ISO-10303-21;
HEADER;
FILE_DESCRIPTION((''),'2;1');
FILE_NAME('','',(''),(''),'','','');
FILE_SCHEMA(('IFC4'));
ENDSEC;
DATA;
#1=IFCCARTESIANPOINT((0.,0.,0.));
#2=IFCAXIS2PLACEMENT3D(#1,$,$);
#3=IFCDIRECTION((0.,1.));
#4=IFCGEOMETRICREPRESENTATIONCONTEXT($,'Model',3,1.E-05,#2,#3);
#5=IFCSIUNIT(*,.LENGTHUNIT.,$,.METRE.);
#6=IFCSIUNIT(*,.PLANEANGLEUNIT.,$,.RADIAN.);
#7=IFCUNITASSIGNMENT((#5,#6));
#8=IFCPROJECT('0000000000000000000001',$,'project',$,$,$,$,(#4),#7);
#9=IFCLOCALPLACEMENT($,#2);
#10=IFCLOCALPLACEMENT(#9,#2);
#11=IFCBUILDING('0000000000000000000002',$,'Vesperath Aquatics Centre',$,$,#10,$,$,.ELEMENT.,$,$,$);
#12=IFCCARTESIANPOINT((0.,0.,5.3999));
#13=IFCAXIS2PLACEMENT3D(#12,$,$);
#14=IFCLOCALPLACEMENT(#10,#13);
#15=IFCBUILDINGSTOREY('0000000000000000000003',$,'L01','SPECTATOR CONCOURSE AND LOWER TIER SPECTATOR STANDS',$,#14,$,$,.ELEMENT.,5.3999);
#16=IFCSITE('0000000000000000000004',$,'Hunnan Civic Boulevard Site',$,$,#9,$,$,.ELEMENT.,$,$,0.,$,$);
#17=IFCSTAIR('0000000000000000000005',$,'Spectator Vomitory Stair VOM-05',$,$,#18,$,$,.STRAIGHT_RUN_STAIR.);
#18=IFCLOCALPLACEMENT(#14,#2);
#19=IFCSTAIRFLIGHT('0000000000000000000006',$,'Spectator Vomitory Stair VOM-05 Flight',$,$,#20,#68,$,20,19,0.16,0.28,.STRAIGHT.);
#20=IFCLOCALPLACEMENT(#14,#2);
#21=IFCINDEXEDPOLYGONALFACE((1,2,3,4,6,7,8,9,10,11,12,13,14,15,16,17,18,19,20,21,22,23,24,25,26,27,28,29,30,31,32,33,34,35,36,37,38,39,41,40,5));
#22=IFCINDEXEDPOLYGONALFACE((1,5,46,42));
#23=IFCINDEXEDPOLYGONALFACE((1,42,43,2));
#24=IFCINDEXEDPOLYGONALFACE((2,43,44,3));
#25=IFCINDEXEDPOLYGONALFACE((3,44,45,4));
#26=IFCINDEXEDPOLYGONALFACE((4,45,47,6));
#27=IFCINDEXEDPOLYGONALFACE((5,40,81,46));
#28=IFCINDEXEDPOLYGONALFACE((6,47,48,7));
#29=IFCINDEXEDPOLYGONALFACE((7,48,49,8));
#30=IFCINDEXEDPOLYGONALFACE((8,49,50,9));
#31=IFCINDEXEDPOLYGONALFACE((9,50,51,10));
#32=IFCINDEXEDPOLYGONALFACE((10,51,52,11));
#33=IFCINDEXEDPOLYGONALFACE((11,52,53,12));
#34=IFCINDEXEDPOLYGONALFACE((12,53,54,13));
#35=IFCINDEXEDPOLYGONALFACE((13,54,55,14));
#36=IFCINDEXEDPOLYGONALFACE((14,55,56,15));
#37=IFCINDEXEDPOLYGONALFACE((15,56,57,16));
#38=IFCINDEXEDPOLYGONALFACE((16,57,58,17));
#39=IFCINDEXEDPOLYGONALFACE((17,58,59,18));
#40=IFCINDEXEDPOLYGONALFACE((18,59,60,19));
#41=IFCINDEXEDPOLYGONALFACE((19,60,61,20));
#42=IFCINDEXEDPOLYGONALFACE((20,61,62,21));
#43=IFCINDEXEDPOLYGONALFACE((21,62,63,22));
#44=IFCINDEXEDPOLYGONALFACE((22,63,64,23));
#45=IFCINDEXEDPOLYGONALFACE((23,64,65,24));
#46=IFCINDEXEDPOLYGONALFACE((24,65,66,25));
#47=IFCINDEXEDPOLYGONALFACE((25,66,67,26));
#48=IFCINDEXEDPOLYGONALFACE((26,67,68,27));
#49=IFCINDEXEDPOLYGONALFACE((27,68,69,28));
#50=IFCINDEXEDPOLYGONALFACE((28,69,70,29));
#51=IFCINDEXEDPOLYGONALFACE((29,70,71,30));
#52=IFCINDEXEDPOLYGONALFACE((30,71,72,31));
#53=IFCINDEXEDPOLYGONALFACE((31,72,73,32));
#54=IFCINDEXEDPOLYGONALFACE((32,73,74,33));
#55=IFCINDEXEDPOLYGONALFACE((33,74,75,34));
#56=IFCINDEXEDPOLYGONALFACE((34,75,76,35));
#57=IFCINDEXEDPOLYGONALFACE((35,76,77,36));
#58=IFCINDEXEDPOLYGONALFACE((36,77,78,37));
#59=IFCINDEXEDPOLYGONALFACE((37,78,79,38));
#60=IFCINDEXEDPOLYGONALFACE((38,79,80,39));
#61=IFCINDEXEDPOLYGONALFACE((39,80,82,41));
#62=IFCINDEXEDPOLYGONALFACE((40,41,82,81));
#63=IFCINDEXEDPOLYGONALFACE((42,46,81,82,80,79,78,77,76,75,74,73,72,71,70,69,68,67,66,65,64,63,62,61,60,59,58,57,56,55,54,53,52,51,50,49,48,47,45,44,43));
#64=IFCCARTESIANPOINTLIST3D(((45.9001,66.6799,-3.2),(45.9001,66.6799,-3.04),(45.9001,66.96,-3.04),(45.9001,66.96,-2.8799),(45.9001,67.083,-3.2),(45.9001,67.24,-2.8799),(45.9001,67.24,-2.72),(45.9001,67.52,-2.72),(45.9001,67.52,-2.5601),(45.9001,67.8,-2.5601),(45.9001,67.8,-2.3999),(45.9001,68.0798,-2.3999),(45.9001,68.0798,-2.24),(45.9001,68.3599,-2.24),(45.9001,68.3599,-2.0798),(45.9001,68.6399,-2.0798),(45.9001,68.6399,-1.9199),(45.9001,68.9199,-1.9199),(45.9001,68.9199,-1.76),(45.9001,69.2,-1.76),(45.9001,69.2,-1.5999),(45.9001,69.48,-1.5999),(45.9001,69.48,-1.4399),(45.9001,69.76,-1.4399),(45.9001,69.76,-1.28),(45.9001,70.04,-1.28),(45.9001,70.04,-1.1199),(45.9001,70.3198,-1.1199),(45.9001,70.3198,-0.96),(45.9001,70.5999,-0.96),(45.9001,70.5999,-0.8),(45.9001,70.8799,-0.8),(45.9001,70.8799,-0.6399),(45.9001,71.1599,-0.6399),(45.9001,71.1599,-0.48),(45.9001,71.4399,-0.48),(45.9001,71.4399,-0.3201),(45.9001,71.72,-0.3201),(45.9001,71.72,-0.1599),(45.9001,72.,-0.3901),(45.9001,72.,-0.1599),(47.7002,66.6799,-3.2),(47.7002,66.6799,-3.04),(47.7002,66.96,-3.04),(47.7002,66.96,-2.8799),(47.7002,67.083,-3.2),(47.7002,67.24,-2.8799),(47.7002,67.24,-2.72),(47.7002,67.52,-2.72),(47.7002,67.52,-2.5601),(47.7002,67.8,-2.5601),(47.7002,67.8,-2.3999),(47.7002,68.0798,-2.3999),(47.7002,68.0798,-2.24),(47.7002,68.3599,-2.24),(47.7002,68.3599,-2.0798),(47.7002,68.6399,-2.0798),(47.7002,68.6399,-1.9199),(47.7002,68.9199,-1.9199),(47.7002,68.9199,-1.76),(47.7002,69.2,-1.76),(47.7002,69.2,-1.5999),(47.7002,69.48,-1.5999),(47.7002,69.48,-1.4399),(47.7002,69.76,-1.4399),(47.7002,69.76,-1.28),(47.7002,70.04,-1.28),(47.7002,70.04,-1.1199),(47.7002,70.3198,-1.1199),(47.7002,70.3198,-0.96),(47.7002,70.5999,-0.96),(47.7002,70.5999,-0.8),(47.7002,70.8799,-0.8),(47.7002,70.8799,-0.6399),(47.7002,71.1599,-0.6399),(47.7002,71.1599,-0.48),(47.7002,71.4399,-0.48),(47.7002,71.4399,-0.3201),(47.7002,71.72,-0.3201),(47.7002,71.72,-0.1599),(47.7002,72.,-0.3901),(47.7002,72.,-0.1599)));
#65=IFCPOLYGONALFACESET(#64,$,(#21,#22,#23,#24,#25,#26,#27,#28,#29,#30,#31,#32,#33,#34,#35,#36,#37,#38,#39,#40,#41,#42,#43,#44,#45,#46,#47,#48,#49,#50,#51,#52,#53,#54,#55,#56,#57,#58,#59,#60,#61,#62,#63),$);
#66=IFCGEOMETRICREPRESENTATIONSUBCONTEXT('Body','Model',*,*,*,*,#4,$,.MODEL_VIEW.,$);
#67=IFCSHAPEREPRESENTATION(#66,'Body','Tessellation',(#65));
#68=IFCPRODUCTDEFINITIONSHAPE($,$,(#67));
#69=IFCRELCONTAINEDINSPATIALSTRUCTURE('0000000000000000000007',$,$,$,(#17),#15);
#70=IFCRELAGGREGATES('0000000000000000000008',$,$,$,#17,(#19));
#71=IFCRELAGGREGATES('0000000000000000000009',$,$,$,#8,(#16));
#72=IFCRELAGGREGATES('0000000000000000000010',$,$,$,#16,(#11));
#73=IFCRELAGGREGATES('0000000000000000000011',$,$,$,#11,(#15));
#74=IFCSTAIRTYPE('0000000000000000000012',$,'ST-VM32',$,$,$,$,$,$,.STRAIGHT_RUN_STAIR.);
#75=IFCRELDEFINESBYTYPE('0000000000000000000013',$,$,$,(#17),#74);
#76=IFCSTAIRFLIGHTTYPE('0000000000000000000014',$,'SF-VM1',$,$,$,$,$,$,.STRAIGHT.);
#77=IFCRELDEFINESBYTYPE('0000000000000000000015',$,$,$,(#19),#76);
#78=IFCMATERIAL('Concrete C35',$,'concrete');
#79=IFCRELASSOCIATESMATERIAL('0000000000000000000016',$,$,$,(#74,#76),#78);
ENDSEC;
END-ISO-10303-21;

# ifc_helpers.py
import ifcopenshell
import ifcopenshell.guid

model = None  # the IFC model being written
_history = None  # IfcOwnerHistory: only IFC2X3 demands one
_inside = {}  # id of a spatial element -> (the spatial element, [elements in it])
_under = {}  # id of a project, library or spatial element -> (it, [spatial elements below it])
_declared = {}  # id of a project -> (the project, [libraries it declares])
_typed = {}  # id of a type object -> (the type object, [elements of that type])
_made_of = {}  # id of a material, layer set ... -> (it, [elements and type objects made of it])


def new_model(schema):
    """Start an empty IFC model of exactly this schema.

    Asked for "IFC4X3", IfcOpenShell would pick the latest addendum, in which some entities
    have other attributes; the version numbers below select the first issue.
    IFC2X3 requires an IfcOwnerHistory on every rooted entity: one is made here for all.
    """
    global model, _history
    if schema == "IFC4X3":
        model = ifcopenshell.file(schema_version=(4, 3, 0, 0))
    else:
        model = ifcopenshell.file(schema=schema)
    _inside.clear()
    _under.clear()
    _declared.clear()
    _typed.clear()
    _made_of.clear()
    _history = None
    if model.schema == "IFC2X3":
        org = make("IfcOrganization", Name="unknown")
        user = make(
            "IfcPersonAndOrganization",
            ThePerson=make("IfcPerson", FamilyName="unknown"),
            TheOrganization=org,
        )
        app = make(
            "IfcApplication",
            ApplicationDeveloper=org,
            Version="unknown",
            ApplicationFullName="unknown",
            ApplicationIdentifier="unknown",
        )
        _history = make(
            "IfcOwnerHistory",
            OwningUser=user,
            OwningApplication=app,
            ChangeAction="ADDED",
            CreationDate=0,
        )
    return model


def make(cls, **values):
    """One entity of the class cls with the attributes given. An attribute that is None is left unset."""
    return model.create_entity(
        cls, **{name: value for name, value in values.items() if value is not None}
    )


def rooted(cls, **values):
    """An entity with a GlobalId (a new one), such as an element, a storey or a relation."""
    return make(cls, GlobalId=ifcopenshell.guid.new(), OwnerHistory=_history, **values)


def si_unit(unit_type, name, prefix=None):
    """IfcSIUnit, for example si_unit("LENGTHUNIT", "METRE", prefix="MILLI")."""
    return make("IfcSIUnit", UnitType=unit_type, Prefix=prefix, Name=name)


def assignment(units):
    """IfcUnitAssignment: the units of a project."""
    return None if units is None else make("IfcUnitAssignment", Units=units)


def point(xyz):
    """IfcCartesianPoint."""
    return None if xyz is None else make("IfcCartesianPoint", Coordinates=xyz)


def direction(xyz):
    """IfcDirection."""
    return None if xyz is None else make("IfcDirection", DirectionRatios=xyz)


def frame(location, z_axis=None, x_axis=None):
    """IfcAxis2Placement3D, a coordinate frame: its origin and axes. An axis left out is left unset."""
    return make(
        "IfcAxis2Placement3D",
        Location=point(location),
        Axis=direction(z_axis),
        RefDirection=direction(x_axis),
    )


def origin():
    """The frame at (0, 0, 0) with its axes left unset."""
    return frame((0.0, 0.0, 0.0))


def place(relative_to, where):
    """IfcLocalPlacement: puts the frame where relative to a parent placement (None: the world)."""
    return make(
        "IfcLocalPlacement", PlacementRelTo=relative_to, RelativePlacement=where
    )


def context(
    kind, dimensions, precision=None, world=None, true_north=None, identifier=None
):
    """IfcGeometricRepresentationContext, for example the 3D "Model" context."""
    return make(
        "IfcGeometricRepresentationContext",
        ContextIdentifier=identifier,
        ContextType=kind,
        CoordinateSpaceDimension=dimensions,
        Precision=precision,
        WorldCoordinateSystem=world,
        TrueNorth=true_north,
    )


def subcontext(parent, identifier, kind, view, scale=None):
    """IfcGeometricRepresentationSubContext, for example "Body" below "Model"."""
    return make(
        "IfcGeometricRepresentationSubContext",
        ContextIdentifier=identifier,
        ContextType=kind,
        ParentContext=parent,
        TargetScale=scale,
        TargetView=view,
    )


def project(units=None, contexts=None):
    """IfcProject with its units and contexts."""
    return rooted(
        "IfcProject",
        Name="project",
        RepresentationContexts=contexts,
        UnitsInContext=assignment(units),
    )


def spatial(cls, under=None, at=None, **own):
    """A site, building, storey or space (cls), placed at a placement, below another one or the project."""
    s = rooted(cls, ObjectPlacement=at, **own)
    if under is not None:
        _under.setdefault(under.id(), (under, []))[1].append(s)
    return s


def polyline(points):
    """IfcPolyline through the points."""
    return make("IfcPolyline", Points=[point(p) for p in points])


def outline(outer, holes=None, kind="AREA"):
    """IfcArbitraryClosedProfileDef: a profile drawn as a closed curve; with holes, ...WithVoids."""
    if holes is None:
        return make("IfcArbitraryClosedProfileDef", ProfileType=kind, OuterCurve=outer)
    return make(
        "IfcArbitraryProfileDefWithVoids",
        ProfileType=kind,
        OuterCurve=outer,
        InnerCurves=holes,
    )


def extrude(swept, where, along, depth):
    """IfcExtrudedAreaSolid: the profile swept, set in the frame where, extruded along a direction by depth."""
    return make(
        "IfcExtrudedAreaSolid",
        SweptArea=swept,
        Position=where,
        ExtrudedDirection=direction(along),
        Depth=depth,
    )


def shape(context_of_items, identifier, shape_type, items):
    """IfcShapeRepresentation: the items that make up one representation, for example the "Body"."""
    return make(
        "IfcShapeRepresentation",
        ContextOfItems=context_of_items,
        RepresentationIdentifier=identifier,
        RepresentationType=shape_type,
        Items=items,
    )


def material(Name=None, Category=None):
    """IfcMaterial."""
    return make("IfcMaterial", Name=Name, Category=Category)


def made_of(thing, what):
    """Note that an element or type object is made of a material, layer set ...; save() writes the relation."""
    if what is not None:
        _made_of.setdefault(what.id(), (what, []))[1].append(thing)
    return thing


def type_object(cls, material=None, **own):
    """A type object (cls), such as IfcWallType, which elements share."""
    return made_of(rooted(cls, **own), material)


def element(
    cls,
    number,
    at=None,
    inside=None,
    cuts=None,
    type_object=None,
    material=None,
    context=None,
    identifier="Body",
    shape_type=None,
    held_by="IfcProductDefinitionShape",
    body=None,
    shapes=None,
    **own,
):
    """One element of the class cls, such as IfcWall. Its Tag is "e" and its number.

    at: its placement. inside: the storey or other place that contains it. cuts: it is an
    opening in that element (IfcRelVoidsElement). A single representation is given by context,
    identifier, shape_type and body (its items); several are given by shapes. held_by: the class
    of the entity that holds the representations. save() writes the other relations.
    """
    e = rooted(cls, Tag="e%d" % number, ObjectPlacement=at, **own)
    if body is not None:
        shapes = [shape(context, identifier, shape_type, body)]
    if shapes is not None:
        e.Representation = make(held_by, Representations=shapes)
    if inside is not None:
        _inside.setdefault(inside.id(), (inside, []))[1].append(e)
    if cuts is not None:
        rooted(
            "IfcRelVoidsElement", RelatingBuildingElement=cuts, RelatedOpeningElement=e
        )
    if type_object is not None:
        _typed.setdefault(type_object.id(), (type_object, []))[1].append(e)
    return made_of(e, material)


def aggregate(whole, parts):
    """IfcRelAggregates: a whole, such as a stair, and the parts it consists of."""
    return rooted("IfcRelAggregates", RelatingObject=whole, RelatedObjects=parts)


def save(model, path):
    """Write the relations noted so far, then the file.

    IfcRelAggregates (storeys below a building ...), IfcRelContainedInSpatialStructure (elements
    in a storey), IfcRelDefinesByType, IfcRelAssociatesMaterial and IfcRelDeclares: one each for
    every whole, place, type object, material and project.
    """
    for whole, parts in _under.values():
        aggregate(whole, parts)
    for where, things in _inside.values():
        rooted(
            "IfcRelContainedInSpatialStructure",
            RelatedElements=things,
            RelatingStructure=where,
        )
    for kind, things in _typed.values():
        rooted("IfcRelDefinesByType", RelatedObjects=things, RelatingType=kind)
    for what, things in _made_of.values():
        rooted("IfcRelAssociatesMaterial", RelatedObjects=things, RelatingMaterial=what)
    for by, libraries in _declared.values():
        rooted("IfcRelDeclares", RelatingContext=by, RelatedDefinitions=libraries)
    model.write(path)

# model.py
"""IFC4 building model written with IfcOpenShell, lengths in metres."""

from ifc_helpers import new_model, si_unit, direction, frame, origin, place, context, subcontext, project, spatial, polyline, outline, extrude, material, type_object, element, aggregate, save


model = new_model("IFC4")

# Units and contexts
model_context = context("Model", 3, precision=1e-05, world=origin(), true_north=direction((0.0, 1.0)))
body_context = subcontext(model_context, "Body", "Model", "MODEL_VIEW")
ifc_project = project(units=[si_unit("LENGTHUNIT", "METRE"), si_unit("PLANEANGLEUNIT", "RADIAN")], contexts=[model_context])

# Site, building, storey
site_placement = place(None, origin())
site = spatial("IfcSite", under=ifc_project, at=site_placement, Name="Hunnan Civic Boulevard Site", CompositionType="ELEMENT", RefElevation=0.0)
building_placement = place(site_placement, origin())
building = spatial("IfcBuilding", under=site, at=building_placement, Name="Vesperath Aquatics Centre", CompositionType="ELEMENT")
storey_placement = place(building_placement, frame((0.0, 0.0, 5.3999)))
storey = spatial("IfcBuildingStorey", under=building, at=storey_placement, Name="L01", Description="SPECTATOR CONCOURSE AND LOWER TIER SPECTATOR STANDS", CompositionType="ELEMENT", Elevation=5.3999)

# Shared definitions
ifc_material_1 = material(Name="Concrete C35", Category="concrete")

# Stair, stair flight
stair_type = type_object("IfcStairType", Name="ST-VM32", PredefinedType="STRAIGHT_RUN_STAIR", material=ifc_material_1)
stair_placement = place(storey_placement, origin())
stair = element("IfcStair", 1, at=stair_placement, inside=storey, type_object=stair_type, Name="Spectator Vomitory Stair VOM-05", PredefinedType="STRAIGHT_RUN_STAIR")
stair_flight_type = type_object("IfcStairFlightType", Name="SF-VM1", PredefinedType="STRAIGHT", material=ifc_material_1)
stair_flight_placement = place(storey_placement, frame((46.8, 66.6799, -3.2), z_axis=(0.0, 0.0, 1.0), x_axis=(0.0, 1.0, 0.0)))
stair_flight = element("IfcStairFlight", 2, at=stair_flight_placement, type_object=stair_flight_type, Name="Spectator Vomitory Stair VOM-05 Flight", NumberOfRisers=20, NumberOfTreads=19, PredefinedType="STRAIGHT", RiserHeight=0.16, TreadLength=0.28, context=body_context, shape_type="SweptSolid", body=[
    extrude(outline(polyline([(0.0, 0.0), (0.0, 0.1599), (0.28, 0.1599), (0.28, 0.3201), (0.5601, 0.3201), (0.5601, 0.48), (0.8401, 0.48), (0.8401, 0.6399), (1.1201, 0.6399), (1.1201, 0.8), (1.3999, 0.8), (1.3999, 0.96), (1.6799, 0.96), (1.6799, 1.1201), (1.96, 1.1201), (1.96, 1.28), (2.24, 1.28), (2.24, 1.4399), (2.52, 1.4399), (2.52, 1.6001), (2.8, 1.6001), (2.8, 1.76), (3.0801, 1.76), (3.0801, 1.9199), (3.3601, 1.9199), (3.3601, 2.0801), (3.6399, 2.0801), (3.6399, 2.24), (3.9199, 2.24), (3.9199, 2.3999), (4.2, 2.3999), (4.2, 2.5601), (4.48, 2.5601), (4.48, 2.72), (4.76, 2.72), (4.76, 2.8799), (5.04, 2.8799), (5.04, 3.04), (5.3201, 3.04), (5.3201, 3.2), (5.3201, 2.8098), (0.4031, 0.0), (0.0, 0.0)])), frame((0.0, 0.8999, 0.0), z_axis=(0.0, -1.0, 0.0), x_axis=(1.0, 0.0, 0.0)), (0.0, 0.0, 1.0), 1.8),
])
aggregate(stair, [stair_flight])

save(model, "model.ifc")
